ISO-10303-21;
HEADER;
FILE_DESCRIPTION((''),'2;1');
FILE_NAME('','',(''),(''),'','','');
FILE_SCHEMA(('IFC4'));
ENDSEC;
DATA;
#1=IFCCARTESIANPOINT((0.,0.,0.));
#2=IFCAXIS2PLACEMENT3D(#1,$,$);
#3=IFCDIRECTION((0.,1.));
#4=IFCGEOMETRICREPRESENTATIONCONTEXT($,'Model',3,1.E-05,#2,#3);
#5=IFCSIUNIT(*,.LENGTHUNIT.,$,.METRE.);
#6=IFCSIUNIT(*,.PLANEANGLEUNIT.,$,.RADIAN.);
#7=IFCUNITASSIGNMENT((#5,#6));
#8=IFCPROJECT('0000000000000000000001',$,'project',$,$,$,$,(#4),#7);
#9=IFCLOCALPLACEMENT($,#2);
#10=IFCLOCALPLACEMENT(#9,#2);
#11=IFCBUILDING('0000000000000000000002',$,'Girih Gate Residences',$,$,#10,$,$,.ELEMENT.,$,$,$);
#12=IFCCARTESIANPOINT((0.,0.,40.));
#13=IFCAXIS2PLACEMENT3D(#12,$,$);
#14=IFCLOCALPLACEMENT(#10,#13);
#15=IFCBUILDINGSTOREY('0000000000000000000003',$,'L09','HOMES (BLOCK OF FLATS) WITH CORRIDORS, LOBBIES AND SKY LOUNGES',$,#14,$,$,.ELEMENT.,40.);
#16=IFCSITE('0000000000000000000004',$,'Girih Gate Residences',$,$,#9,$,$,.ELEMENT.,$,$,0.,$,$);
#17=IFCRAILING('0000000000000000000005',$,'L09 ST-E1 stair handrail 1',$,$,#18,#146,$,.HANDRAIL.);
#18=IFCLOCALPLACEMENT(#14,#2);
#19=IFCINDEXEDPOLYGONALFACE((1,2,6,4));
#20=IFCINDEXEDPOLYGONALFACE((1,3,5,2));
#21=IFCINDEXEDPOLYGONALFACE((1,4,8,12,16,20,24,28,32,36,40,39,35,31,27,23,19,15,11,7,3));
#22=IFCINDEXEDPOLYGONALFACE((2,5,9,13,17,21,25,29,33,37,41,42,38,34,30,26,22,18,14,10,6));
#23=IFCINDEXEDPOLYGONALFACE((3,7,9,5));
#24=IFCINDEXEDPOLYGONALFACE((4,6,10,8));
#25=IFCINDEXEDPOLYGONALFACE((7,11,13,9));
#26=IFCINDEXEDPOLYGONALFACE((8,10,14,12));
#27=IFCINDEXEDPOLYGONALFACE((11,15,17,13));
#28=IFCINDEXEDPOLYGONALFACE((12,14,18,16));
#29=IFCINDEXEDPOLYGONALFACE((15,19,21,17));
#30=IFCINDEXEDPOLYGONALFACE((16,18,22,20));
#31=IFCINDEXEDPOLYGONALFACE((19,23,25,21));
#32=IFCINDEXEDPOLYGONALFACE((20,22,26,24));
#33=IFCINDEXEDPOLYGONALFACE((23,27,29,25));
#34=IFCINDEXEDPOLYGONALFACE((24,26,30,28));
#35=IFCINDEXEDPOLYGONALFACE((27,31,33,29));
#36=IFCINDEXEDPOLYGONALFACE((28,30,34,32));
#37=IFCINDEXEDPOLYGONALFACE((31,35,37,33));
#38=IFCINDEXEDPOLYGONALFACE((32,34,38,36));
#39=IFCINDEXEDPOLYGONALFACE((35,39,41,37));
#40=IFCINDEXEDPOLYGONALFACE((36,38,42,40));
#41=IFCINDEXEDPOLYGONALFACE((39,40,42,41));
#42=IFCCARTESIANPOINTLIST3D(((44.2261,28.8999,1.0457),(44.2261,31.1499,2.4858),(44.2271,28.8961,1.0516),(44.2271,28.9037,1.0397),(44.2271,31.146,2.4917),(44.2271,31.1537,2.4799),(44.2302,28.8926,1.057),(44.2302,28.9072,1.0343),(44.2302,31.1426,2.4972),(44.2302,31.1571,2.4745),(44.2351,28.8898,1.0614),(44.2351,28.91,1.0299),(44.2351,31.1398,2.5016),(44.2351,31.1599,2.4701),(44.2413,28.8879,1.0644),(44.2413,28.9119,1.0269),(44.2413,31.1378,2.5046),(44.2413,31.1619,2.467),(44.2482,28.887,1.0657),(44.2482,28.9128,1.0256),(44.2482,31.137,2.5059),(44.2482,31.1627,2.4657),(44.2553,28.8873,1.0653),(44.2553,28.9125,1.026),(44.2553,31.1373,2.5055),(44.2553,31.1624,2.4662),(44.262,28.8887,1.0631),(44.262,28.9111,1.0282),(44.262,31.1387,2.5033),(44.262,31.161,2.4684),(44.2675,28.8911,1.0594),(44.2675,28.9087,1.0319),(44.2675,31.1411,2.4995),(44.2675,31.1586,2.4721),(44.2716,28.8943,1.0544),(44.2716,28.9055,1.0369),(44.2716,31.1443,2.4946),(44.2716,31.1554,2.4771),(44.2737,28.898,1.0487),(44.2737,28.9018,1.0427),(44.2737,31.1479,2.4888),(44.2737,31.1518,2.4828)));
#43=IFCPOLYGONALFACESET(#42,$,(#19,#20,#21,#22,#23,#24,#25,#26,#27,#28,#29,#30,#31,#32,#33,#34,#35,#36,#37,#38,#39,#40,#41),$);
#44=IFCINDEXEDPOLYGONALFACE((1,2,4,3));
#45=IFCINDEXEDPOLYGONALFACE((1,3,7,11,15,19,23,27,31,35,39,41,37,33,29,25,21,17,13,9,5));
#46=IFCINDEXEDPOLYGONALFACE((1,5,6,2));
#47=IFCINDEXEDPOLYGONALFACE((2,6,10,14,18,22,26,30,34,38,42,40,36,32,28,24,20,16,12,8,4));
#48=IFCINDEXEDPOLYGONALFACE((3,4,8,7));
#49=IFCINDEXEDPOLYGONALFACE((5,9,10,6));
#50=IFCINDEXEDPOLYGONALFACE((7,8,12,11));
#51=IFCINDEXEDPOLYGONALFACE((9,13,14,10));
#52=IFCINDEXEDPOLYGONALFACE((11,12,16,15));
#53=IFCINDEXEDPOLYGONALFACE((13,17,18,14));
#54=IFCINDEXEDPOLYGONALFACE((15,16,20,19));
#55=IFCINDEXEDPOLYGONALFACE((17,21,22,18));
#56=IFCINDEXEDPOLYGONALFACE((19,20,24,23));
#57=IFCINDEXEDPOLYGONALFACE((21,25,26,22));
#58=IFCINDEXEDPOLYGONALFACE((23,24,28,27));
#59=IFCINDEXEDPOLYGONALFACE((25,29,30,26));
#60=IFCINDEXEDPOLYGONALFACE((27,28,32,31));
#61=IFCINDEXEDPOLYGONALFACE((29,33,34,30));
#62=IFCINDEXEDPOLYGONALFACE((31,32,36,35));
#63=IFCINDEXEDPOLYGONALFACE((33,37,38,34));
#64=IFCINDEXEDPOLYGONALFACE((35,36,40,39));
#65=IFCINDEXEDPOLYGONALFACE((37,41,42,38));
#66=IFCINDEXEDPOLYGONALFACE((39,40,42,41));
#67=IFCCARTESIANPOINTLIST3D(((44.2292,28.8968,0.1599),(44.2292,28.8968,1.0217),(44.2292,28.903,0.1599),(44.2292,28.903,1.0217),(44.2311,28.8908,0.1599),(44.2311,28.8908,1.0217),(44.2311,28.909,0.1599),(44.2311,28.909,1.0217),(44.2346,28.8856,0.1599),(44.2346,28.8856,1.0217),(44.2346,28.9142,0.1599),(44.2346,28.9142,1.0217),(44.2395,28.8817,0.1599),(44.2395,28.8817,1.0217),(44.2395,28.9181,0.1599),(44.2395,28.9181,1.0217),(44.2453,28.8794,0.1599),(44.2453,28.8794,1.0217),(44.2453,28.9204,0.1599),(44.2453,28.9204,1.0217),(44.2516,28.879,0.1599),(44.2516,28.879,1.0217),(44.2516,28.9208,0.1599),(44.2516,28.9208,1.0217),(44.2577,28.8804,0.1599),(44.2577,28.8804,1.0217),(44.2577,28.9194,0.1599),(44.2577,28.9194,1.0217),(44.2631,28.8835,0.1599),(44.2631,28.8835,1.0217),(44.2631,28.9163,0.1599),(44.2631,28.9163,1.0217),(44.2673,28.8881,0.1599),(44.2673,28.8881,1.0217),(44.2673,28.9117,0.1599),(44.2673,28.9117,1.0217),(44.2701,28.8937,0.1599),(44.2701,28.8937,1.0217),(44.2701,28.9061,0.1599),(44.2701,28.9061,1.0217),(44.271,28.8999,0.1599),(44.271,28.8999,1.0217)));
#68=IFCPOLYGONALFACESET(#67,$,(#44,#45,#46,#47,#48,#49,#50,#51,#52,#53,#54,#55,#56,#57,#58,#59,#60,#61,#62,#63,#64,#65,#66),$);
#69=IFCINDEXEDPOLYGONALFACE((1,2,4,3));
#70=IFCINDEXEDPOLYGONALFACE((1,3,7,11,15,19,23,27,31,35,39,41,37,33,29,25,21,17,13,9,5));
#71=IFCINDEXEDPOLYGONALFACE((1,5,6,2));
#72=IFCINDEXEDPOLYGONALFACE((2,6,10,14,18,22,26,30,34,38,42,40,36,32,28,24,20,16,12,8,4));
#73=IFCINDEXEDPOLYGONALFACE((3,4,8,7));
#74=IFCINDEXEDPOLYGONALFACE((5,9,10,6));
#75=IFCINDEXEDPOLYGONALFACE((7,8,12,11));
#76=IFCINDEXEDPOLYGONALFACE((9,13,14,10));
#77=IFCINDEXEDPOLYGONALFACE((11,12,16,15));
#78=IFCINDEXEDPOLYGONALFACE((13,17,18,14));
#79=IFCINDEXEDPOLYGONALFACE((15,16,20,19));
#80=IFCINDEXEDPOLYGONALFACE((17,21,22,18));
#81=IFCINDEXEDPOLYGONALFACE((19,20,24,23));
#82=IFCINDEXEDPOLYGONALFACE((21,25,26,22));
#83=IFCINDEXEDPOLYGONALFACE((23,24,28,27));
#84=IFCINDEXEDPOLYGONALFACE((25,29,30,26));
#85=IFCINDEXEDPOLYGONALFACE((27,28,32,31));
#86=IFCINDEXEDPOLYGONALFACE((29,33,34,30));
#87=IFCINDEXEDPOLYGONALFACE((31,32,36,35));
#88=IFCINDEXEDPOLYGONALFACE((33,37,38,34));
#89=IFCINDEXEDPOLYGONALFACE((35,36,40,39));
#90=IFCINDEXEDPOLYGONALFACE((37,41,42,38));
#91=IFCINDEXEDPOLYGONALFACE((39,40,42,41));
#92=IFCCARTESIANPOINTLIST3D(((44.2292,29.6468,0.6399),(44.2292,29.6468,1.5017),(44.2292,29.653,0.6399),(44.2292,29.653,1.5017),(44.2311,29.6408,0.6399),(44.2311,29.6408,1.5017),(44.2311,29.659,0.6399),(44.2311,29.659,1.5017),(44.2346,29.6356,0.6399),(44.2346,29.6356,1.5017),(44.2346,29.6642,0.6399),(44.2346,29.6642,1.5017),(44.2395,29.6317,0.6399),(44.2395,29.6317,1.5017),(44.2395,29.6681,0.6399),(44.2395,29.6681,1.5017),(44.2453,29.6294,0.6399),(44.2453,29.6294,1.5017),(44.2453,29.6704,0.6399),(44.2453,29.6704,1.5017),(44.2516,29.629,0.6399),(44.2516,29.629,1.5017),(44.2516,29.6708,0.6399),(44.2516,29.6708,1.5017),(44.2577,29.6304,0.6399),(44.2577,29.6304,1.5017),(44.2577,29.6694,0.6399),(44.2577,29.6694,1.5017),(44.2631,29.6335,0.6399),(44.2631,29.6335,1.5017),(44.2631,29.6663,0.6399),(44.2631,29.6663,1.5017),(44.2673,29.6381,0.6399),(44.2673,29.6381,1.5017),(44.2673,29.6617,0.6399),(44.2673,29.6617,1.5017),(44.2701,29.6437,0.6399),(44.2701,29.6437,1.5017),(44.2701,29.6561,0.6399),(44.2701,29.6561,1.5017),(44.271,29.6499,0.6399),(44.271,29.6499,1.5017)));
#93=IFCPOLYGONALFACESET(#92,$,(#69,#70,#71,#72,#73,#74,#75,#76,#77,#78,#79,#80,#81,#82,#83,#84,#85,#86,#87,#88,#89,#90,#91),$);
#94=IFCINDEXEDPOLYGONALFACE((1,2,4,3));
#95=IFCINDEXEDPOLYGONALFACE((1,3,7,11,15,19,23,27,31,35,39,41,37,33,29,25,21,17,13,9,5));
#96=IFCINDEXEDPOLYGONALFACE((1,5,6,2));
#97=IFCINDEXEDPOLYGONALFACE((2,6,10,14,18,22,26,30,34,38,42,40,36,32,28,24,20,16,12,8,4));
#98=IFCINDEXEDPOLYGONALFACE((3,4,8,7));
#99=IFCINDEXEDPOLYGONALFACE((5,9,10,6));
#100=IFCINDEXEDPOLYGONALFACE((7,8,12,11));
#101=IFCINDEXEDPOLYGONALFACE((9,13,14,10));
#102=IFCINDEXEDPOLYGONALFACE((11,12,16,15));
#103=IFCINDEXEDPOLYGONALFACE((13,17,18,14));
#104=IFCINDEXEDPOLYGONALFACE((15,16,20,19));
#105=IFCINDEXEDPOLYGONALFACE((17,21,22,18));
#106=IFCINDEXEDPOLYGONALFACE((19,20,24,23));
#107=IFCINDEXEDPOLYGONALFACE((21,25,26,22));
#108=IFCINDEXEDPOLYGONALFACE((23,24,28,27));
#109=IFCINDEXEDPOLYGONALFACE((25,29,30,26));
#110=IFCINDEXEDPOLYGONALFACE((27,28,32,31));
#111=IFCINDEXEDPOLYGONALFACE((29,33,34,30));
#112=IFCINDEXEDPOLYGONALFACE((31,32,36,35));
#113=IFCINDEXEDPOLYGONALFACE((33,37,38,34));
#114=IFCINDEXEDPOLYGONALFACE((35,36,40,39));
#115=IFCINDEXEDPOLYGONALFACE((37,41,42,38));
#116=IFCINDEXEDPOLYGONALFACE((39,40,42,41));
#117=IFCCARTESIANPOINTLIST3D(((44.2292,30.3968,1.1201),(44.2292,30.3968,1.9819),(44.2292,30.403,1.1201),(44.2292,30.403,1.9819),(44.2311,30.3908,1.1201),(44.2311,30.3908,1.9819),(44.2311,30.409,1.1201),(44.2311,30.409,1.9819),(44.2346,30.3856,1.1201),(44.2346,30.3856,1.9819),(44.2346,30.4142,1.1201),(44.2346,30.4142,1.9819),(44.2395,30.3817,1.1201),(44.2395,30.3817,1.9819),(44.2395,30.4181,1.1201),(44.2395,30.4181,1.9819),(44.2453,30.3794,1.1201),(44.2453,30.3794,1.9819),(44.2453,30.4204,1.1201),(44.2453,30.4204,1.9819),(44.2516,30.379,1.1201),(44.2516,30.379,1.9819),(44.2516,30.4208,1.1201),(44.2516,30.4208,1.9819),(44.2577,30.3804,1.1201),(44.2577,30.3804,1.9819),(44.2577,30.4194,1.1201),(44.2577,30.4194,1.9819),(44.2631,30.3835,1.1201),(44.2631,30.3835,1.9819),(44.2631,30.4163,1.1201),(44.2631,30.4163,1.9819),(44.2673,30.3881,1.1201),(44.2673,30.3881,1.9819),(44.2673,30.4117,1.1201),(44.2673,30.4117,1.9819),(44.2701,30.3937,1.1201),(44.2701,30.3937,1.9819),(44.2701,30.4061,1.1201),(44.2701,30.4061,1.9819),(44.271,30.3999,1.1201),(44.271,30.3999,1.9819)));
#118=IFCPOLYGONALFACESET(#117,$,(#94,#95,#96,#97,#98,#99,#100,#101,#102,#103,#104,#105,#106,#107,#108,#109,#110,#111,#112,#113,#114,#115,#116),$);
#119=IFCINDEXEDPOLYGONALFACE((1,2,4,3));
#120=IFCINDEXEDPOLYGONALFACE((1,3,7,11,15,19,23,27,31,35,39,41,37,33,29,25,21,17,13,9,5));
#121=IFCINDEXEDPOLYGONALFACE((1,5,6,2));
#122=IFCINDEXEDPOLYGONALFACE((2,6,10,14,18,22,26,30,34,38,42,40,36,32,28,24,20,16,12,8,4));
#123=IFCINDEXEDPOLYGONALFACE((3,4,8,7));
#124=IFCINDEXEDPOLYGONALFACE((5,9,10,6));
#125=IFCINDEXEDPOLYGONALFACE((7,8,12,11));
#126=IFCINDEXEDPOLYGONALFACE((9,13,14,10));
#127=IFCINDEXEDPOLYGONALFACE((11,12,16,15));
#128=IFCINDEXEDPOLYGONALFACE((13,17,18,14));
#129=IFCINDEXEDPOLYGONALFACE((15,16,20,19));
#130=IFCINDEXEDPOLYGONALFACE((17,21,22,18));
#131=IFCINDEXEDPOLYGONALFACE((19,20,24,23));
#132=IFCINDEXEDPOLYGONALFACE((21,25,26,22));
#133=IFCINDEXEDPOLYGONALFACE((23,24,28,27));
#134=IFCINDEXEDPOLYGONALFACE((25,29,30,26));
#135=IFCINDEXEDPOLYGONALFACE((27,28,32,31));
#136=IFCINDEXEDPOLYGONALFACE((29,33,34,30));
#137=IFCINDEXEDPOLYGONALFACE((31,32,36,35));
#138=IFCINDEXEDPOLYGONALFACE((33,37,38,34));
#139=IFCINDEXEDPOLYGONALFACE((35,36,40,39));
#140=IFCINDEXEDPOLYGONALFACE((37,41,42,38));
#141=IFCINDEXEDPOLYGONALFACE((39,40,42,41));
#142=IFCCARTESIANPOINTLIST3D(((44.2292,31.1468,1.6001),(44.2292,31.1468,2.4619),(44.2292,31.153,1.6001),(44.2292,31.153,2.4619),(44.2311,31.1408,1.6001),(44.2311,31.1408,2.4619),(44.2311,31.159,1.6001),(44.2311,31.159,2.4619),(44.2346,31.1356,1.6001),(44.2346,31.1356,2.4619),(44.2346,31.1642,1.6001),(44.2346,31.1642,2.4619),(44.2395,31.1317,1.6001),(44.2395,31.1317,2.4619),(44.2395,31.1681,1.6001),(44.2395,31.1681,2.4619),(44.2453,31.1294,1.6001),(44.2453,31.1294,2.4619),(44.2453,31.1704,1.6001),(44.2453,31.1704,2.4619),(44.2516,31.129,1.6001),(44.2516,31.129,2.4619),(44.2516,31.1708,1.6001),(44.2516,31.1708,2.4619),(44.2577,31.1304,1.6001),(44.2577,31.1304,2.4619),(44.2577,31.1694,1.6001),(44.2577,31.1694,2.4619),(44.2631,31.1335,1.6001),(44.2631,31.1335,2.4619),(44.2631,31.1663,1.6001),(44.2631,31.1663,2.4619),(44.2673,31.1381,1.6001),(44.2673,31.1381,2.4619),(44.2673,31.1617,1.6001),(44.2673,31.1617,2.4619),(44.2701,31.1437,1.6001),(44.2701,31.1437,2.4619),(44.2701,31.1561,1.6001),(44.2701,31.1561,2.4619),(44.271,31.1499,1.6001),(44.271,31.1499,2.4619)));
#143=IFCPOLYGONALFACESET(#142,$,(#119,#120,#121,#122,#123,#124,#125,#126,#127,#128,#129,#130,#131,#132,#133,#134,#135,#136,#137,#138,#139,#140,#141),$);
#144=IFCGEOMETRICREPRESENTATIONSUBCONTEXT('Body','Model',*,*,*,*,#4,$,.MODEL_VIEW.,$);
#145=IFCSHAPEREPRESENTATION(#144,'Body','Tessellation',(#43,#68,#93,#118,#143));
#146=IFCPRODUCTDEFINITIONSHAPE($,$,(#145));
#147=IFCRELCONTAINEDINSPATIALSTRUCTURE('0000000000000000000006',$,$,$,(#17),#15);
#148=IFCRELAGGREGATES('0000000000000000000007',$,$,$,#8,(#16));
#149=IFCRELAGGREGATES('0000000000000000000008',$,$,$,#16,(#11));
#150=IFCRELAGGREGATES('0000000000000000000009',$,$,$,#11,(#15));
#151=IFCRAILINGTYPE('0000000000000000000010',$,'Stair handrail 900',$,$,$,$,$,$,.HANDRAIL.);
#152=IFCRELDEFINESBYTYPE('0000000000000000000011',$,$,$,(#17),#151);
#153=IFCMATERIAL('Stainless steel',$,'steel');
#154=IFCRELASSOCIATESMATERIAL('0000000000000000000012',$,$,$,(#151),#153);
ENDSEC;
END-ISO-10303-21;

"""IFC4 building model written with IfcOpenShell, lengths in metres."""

from ifc_helpers import new_model, si_unit, direction, frame, origin, origin_2d, place, context, subcontext, project, spatial, circle, extrude, material, type_object, element, save


model = new_model("IFC4")

# Units and contexts
model_context = context("Model", 3, precision=1e-05, world=origin(), true_north=direction((0.0, 1.0)))
body_context = subcontext(model_context, "Body", "Model", "MODEL_VIEW")
ifc_project = project(units=[si_unit("LENGTHUNIT", "METRE"), si_unit("PLANEANGLEUNIT", "RADIAN")], contexts=[model_context])

# Site, building, storey
site_placement = place(None, origin())
site = spatial("IfcSite", under=ifc_project, at=site_placement, Name="Girih Gate Residences", CompositionType="ELEMENT", RefElevation=0.0)
building_placement = place(site_placement, origin())
building = spatial("IfcBuilding", under=site, at=building_placement, Name="Girih Gate Residences", CompositionType="ELEMENT")
storey_placement = place(building_placement, frame((0.0, 0.0, 40.0)))
storey = spatial("IfcBuildingStorey", under=building, at=storey_placement, Name="L09", Description="HOMES (BLOCK OF FLATS) WITH CORRIDORS, LOBBIES AND SKY LOUNGES", CompositionType="ELEMENT", Elevation=40.0)

# Railing
ifc_material_1 = material(Name="Stainless steel", Category="steel")
railing_type_1 = type_object("IfcRailingType", Name="Stair handrail 900", PredefinedType="HANDRAIL", material=ifc_material_1)
railing_1_placement = place(storey_placement, frame((44.25, 28.8999, 0.1599)))
element("IfcRailing", 1, at=railing_1_placement, inside=storey, type_object=railing_type_1, Name="L09 ST-E1 stair handrail 1", PredefinedType="HANDRAIL", context=body_context, shape_type="SweptSolid", body=[
    extrude(circle(Radius=0.0239, at=origin_2d()), frame((0.0, 0.0, 0.8857), z_axis=(0.0, 0.84224, 0.539103), x_axis=(-1.0, 0.0, 0.0)), (0.0, 0.0, 1.0), 2.6714),
    extrude(circle(Radius=0.021, at=origin_2d()), origin(), (0.0, 0.0, 1.0), 0.8618),
    extrude(circle(Radius=0.021, at=origin_2d()), frame((0.0, 0.75, 0.48)), (0.0, 0.0, 1.0), 0.8618),
    extrude(circle(Radius=0.021, at=origin_2d()), frame((0.0, 1.5, 0.9602)), (0.0, 0.0, 1.0), 0.8618),
    extrude(circle(Radius=0.021, at=origin_2d()), frame((0.0, 2.25, 1.4402)), (0.0, 0.0, 1.0), 0.8618),
])

save(model, "model.ifc")
